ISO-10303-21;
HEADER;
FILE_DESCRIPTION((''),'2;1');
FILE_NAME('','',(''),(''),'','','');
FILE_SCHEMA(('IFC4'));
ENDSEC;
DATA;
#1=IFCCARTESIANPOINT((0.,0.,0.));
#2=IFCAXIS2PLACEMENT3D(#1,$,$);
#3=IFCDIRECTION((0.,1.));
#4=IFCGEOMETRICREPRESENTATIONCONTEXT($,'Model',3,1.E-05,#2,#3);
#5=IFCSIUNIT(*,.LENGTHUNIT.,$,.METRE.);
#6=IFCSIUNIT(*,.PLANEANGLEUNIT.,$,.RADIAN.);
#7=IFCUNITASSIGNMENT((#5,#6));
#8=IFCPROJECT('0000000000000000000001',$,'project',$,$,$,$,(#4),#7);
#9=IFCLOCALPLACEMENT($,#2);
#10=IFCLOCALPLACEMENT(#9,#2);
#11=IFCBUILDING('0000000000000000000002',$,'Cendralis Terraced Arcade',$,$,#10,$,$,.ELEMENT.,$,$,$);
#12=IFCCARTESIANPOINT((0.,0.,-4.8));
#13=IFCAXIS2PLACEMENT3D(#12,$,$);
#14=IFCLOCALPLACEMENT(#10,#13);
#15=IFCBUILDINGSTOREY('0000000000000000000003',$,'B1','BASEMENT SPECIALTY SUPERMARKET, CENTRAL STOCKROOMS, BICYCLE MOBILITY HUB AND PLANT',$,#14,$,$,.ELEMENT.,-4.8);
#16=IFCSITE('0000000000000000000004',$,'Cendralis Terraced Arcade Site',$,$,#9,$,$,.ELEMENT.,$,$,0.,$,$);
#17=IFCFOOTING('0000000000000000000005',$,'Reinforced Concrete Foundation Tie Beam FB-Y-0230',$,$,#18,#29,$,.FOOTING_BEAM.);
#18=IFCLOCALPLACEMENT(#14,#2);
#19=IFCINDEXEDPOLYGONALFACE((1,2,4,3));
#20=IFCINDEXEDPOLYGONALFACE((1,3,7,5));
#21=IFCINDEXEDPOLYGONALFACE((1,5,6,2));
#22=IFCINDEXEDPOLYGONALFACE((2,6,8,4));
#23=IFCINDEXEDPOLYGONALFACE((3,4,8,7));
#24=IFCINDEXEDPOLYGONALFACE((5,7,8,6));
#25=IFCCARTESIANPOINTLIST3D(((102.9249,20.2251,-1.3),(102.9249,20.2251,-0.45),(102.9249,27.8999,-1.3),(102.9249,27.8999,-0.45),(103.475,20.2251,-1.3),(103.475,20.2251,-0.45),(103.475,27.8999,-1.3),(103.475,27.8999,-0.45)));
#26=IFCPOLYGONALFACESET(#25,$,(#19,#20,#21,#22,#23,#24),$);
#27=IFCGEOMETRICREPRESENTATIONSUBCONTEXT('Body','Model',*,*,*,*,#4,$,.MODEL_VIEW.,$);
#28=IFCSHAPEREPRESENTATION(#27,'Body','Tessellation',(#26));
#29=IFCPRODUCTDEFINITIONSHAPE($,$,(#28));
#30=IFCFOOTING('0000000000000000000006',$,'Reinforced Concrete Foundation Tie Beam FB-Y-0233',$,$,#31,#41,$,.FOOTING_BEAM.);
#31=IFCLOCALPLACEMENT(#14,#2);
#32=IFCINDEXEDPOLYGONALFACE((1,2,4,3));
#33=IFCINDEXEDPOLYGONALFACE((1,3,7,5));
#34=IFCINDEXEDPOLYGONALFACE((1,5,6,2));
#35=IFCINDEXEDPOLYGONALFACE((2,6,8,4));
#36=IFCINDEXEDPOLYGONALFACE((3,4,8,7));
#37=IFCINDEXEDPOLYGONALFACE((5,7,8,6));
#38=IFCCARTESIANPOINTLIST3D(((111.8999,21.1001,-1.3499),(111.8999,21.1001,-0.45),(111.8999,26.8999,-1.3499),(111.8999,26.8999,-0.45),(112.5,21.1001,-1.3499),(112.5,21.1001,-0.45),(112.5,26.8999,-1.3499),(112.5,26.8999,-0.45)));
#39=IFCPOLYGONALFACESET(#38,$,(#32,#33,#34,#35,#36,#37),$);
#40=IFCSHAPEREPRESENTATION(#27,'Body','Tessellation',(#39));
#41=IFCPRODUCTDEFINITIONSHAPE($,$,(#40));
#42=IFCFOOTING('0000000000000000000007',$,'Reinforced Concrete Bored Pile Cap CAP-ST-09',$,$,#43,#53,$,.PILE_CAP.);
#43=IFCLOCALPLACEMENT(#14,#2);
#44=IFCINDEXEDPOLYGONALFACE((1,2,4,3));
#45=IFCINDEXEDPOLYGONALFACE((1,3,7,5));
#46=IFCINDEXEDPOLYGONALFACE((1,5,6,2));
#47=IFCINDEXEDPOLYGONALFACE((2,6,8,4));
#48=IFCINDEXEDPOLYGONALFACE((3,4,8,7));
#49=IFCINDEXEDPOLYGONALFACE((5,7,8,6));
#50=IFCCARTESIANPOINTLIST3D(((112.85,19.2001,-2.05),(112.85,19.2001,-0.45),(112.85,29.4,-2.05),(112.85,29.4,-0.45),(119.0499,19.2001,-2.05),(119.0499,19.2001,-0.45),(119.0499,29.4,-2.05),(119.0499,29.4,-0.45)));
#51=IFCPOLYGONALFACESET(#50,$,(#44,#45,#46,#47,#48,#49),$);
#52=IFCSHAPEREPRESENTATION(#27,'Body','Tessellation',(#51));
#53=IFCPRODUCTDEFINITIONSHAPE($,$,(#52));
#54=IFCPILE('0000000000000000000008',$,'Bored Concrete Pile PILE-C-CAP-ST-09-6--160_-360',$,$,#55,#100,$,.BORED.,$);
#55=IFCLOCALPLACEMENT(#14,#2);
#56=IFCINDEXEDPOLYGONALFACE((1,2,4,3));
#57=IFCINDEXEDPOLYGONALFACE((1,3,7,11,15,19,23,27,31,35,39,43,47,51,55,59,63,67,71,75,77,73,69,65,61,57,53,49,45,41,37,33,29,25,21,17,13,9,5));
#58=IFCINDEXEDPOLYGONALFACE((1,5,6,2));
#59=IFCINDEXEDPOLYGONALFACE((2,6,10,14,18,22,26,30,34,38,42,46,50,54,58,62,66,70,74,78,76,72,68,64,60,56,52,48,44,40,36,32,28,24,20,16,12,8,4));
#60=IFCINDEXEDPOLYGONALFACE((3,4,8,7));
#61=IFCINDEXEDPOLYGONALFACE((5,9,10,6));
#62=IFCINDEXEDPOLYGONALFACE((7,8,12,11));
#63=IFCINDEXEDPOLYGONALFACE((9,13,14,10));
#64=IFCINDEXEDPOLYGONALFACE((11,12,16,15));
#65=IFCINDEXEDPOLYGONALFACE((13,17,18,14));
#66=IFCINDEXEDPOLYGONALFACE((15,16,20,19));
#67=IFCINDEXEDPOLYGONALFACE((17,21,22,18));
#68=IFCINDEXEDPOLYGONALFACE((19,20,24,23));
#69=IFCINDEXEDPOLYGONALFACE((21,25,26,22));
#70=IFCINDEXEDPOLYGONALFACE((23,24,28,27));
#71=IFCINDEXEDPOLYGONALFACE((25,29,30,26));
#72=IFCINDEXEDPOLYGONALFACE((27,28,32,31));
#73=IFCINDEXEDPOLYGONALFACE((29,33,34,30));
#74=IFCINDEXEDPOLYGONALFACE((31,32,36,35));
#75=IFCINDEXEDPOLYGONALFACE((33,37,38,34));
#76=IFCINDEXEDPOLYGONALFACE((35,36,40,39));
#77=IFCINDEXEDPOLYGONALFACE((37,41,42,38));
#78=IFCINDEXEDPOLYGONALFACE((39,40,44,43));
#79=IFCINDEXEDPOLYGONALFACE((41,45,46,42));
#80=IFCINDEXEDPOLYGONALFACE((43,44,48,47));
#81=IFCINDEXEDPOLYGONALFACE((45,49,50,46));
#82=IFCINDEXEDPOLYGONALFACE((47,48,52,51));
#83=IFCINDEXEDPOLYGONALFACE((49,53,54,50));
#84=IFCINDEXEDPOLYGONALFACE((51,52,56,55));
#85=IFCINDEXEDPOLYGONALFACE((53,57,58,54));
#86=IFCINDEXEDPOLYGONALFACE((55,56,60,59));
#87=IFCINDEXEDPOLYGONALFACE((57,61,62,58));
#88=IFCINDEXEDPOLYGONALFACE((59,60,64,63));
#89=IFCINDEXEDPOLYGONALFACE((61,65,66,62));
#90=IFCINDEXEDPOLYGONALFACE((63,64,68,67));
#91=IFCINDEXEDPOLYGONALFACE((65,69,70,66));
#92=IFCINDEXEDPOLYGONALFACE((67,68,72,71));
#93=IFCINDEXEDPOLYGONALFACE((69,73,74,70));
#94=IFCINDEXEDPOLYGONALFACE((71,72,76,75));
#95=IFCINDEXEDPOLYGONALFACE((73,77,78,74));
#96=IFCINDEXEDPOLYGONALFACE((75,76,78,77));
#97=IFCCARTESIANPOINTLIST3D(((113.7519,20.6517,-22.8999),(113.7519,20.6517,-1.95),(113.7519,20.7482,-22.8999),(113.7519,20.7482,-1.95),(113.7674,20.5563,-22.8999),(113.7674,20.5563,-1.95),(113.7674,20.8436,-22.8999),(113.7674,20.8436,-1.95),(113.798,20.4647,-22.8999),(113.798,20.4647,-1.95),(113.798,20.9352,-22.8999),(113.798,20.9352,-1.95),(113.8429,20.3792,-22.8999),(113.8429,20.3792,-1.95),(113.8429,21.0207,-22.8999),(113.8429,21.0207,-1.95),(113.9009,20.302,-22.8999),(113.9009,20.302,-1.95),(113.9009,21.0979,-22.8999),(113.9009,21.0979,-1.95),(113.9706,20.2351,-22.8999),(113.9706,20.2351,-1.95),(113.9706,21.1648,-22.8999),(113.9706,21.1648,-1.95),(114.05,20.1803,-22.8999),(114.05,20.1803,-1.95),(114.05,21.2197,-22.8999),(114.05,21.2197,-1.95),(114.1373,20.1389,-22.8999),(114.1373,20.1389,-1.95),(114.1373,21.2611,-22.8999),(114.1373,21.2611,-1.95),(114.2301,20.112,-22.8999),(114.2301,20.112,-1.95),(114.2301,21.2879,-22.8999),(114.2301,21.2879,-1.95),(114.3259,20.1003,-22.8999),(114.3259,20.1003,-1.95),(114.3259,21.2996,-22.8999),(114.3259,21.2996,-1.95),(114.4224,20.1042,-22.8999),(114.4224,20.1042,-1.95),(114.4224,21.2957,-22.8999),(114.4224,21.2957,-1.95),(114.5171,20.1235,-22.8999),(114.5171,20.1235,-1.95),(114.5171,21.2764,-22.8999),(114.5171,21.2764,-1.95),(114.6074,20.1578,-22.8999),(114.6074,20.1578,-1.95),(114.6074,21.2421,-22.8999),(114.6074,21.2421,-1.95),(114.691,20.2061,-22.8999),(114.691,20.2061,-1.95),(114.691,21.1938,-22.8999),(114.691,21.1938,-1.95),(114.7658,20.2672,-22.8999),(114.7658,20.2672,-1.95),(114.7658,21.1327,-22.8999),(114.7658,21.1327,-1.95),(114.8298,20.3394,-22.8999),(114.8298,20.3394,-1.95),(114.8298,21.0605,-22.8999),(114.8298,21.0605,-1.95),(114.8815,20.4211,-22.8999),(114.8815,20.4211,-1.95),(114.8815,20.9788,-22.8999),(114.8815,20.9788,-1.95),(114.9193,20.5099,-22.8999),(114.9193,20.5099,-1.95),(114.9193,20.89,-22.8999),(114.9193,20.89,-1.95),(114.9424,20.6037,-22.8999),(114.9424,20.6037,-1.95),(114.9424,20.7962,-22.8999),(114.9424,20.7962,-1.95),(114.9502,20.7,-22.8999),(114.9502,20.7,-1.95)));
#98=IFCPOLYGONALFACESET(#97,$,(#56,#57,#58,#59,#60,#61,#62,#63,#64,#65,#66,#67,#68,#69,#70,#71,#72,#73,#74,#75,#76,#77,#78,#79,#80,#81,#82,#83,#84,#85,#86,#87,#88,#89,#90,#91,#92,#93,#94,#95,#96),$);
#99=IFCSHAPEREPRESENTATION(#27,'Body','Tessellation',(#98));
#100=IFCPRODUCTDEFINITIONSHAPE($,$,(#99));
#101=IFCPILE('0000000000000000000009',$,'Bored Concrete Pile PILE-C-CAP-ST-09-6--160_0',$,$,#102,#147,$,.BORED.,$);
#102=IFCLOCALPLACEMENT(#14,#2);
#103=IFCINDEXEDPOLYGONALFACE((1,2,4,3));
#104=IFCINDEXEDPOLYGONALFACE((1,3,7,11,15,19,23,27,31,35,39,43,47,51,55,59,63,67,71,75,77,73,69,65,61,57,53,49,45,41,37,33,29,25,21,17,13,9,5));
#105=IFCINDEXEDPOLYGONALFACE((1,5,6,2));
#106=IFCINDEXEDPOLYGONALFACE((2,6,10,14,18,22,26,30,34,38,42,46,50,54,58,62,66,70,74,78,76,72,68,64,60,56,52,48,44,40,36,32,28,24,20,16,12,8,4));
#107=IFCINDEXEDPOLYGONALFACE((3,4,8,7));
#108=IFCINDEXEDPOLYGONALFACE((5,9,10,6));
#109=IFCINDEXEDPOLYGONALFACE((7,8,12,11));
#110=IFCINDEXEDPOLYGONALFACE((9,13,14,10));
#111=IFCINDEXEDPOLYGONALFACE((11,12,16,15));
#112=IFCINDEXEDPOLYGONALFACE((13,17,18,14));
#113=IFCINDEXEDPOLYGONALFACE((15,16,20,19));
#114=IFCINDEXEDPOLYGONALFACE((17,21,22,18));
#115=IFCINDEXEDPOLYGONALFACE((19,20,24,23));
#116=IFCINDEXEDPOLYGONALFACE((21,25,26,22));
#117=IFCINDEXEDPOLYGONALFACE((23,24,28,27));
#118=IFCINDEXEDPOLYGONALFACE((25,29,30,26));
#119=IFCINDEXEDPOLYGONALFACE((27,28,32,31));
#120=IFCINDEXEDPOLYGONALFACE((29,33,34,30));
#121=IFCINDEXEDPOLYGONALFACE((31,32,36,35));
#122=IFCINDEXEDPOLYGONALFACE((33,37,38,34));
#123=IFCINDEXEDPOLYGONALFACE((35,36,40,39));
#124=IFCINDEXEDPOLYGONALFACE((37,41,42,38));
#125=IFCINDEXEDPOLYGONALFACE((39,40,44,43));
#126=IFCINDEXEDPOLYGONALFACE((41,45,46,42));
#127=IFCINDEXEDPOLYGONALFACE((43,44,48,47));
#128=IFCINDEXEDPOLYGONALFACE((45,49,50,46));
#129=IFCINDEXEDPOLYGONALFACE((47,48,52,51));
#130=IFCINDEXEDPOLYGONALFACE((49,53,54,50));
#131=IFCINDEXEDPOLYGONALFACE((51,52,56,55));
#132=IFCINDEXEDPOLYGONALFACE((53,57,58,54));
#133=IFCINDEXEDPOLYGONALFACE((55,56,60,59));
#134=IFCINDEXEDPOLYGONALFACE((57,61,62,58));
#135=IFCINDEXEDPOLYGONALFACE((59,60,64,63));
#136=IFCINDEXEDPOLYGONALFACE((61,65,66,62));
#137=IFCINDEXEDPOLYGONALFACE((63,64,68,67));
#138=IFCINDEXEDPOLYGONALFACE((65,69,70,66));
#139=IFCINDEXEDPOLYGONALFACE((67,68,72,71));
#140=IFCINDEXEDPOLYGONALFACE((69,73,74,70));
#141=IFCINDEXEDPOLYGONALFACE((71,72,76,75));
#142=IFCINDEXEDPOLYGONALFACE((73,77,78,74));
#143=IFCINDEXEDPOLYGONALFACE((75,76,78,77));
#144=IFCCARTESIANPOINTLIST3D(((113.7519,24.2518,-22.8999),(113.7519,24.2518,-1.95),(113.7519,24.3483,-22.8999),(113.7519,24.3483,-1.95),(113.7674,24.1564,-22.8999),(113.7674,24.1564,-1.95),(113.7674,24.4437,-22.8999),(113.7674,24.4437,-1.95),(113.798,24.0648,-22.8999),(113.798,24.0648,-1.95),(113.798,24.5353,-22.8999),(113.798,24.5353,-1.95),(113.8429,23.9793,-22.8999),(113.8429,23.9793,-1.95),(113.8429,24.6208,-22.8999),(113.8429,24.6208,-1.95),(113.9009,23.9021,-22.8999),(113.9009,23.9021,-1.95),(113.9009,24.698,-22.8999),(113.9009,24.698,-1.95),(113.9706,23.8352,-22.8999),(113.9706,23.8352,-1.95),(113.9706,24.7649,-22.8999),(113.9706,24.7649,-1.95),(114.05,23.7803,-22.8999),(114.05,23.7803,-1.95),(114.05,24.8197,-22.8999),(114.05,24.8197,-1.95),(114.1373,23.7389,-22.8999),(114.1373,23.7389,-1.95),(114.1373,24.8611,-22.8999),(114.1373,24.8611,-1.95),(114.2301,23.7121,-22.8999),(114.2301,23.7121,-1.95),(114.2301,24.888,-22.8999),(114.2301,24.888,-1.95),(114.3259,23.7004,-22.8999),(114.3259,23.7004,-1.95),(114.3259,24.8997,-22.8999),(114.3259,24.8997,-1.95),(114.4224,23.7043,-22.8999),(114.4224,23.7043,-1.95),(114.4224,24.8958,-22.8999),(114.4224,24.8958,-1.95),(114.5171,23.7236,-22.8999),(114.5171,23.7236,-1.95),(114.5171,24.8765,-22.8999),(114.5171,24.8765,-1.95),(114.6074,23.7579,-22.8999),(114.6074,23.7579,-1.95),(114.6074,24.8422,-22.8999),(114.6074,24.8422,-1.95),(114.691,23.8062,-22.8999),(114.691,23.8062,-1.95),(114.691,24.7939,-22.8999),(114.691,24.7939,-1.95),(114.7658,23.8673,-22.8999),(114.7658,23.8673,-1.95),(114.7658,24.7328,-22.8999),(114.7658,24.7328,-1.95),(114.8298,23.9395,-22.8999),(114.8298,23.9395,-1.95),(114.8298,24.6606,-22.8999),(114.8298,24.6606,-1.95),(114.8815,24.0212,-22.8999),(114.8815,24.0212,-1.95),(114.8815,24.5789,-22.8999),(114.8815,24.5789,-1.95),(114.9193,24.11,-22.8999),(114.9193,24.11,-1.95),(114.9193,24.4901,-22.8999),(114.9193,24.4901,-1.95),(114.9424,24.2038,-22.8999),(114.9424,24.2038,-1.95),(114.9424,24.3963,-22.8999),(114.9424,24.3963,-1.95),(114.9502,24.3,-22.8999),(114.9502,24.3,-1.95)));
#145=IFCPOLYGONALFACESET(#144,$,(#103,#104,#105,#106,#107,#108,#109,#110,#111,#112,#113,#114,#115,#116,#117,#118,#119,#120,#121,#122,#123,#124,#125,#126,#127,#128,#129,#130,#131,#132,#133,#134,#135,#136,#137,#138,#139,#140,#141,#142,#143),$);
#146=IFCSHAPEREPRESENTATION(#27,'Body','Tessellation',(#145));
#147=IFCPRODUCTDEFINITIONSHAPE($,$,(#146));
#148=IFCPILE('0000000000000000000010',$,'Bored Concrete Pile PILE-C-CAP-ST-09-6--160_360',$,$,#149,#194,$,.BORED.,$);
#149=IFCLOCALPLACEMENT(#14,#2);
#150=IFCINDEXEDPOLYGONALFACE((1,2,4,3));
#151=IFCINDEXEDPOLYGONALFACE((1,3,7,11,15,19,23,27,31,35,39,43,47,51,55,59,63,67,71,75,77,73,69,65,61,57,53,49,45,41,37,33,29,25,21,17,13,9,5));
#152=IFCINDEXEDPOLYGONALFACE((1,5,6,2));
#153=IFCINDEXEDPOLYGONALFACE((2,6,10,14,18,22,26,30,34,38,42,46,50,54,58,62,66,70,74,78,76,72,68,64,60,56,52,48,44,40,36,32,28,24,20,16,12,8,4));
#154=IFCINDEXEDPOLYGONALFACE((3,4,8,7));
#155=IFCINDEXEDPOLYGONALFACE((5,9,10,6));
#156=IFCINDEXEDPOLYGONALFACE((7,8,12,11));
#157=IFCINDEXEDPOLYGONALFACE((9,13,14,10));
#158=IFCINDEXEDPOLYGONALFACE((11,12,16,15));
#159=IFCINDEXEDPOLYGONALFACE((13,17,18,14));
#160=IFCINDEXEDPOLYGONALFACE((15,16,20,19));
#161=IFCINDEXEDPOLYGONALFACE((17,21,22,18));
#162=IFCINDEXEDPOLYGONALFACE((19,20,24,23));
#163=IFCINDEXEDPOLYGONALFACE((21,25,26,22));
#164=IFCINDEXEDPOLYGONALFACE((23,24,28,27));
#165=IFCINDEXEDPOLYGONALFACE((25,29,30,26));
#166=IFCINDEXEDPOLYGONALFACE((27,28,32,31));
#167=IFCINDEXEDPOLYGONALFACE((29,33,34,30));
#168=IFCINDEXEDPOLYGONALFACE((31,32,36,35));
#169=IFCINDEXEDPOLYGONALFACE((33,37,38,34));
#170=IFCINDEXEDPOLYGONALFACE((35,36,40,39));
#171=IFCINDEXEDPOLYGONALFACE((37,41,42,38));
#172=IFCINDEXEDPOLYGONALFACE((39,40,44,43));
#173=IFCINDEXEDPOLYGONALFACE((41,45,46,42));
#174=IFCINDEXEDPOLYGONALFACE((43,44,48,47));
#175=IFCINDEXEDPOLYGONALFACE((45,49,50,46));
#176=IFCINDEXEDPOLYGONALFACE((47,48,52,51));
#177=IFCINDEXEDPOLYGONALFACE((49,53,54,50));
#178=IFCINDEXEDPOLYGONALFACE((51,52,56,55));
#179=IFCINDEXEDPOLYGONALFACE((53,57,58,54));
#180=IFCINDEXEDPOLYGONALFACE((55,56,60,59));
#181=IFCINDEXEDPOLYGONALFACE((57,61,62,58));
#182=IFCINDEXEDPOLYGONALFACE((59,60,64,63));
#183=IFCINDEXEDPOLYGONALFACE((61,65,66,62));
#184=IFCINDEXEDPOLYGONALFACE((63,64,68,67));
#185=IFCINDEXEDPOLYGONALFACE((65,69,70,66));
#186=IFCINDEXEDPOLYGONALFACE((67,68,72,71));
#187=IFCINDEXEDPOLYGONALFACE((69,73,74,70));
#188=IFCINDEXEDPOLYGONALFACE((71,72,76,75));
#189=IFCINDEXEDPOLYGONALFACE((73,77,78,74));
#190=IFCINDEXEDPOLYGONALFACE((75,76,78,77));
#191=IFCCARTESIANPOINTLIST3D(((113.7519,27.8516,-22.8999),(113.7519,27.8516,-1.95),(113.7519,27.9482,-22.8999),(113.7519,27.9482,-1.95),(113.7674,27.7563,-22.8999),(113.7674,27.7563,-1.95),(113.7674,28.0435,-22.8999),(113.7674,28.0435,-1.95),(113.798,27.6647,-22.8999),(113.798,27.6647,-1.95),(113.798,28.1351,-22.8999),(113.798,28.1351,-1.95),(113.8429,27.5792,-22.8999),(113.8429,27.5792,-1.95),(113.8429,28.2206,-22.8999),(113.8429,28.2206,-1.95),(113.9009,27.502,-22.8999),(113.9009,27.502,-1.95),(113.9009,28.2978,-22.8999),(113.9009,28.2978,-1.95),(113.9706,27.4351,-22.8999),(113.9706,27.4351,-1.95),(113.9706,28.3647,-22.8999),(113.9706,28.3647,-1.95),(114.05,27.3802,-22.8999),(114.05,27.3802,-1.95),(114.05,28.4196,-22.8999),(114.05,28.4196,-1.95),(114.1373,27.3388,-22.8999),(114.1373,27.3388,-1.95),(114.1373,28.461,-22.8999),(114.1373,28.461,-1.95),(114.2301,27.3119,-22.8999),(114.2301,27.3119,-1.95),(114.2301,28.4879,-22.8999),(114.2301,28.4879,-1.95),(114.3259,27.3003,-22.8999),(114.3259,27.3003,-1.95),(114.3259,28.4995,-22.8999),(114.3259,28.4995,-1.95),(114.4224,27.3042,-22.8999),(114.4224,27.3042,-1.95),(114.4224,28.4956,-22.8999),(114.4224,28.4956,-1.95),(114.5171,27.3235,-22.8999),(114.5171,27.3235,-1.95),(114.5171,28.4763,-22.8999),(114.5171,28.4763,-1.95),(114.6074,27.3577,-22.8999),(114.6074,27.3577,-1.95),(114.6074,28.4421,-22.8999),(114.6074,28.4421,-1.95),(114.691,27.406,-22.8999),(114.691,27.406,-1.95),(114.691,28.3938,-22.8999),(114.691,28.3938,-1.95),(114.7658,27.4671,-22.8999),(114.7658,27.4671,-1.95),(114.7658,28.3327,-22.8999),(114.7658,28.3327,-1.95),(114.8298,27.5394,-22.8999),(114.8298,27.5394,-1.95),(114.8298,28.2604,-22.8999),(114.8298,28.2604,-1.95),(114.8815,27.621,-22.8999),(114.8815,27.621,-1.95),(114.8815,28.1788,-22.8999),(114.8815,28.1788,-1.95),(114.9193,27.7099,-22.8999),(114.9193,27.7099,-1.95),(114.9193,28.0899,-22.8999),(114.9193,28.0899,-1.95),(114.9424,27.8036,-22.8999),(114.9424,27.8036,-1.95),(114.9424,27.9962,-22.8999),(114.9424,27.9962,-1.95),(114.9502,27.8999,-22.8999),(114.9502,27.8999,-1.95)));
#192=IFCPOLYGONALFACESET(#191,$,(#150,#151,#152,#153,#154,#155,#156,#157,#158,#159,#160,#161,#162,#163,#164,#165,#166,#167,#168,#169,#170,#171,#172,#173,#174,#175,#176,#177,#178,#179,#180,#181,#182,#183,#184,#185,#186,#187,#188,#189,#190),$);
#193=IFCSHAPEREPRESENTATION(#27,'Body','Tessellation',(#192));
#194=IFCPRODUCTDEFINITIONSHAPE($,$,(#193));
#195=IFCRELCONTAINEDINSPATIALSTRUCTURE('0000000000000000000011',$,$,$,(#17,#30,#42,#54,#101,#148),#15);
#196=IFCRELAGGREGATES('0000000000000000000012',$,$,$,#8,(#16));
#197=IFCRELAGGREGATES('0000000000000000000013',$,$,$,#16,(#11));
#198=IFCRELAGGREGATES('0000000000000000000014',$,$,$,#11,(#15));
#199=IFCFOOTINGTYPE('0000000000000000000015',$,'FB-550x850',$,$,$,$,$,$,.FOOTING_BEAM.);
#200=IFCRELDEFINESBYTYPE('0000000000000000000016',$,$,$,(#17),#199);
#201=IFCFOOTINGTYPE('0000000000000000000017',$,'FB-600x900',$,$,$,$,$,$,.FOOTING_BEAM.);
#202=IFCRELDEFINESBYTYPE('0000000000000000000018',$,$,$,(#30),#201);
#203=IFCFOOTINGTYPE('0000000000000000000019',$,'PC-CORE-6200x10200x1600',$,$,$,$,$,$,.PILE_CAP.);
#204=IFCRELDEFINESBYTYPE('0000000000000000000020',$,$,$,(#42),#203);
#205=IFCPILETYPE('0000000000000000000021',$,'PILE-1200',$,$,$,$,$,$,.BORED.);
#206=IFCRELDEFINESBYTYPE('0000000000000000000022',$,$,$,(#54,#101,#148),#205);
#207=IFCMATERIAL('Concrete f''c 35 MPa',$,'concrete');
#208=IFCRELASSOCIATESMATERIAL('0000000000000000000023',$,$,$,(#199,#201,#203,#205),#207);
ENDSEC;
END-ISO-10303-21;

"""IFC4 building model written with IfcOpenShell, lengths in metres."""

from ifc_helpers import new_model, si_unit, direction, frame, origin, origin_2d, place, context, subcontext, project, spatial, rectangle, circle, extrude, material, material_profile, profile_set, type_object, element, save


model = new_model("IFC4")

# Units and contexts
model_context = context("Model", 3, precision=1e-05, world=origin(), true_north=direction((0.0, 1.0)))
body_context = subcontext(model_context, "Body", "Model", "MODEL_VIEW")
ifc_project = project(units=[si_unit("LENGTHUNIT", "METRE"), si_unit("PLANEANGLEUNIT", "RADIAN")], contexts=[model_context])

# Site, building, storey
site_placement = place(None, origin())
site = spatial("IfcSite", under=ifc_project, at=site_placement, Name="Cendralis Terraced Arcade Site", CompositionType="ELEMENT", RefElevation=0.0)
building_placement = place(site_placement, origin())
building = spatial("IfcBuilding", under=site, at=building_placement, Name="Cendralis Terraced Arcade", CompositionType="ELEMENT")
storey_placement = place(building_placement, frame((0.0, 0.0, -4.8)))
storey = spatial("IfcBuildingStorey", under=building, at=storey_placement, Name="B1", Description="BASEMENT SPECIALTY SUPERMARKET, CENTRAL STOCKROOMS, BICYCLE MOBILITY HUB AND PLANT", CompositionType="ELEMENT", Elevation=-4.8)

# Footings
ifc_material_1 = material(Name="Concrete f'c 35 MPa", Category="concrete")
ifc_material_profile_1 = material_profile(ifc_material_1, rectangle(XDim=0.55, YDim=0.8501, at=origin_2d()), Name="FB-550x850", Category="LoadBearing")
ifc_profile_set_1 = profile_set([ifc_material_profile_1], Name="Concrete f'c 35 MPa")
footing_type_1 = type_object("IfcFootingType", Name="FB-550x850", PredefinedType="FOOTING_BEAM", material=ifc_profile_set_1)
footing_1_placement = place(storey_placement, frame((103.2, 20.2251, -0.875), z_axis=(0.0, 1.0, 0.0), x_axis=(-1.0, 0.0, 0.0)))
element("IfcFooting", 1, at=footing_1_placement, inside=storey, type_object=footing_type_1, Name="Reinforced Concrete Foundation Tie Beam FB-Y-0230", PredefinedType="FOOTING_BEAM", context=body_context, shape_type="SweptSolid", body=[
    extrude(rectangle(XDim=0.55, YDim=0.8501, at=origin_2d()), origin(), (0.0, 0.0, 1.0), 7.6748),
])
ifc_material_profile_2 = material_profile(ifc_material_1, rectangle(XDim=0.6001, YDim=0.8999, at=origin_2d()), Name="FB-600x900", Category="LoadBearing")
ifc_profile_set_2 = profile_set([ifc_material_profile_2], Name="Concrete f'c 35 MPa")
footing_type_2 = type_object("IfcFootingType", Name="FB-600x900", PredefinedType="FOOTING_BEAM", material=ifc_profile_set_2)
footing_2_placement = place(storey_placement, frame((112.2, 21.1001, -0.8999), z_axis=(0.0, 1.0, 0.0), x_axis=(-1.0, 0.0, 0.0)))
element("IfcFooting", 2, at=footing_2_placement, inside=storey, type_object=footing_type_2, Name="Reinforced Concrete Foundation Tie Beam FB-Y-0233", PredefinedType="FOOTING_BEAM", context=body_context, shape_type="SweptSolid", body=[
    extrude(rectangle(XDim=0.6001, YDim=0.8999, at=origin_2d()), origin(), (0.0, 0.0, 1.0), 5.7998),
])
footing_type_3 = type_object("IfcFootingType", Name="PC-CORE-6200x10200x1600", PredefinedType="PILE_CAP", material=ifc_material_1)
footing_3_placement = place(storey_placement, frame((115.95, 24.3, -2.05), z_axis=(0.0, 0.0, 1.0), x_axis=(1.0, 0.0, 0.0)))
element("IfcFooting", 3, at=footing_3_placement, inside=storey, type_object=footing_type_3, Name="Reinforced Concrete Bored Pile Cap CAP-ST-09", PredefinedType="PILE_CAP", context=body_context, shape_type="SweptSolid", body=[
    extrude(rectangle(XDim=6.2, YDim=10.2, at=origin_2d()), origin(), (0.0, 0.0, 1.0), 1.6001),
])

# Piles
ifc_material_profile_3 = material_profile(ifc_material_1, circle(Radius=0.6001, at=origin_2d()), Name="PILE-D1200", Category="LoadBearing")
ifc_profile_set_3 = profile_set([ifc_material_profile_3], Name="Concrete f'c 35 MPa")
pile_type_1 = type_object("IfcPileType", Name="PILE-1200", PredefinedType="BORED", material=ifc_profile_set_3)
for number, where, z_axis, x_axis, name in (
    (4, (114.3501, 20.7, -1.95), (0.0, 0.0, -1.0), (1.0, 0.0, 0.0), "Bored Concrete Pile PILE-C-CAP-ST-09-6--160_-360"),
    (5, (114.3501, 24.3, -1.95), (0.0, 0.0, -1.0), (1.0, 0.0, 0.0), "Bored Concrete Pile PILE-C-CAP-ST-09-6--160_0"),
    (6, (114.3501, 27.8999, -1.95), (0.0, 0.0, -1.0), (1.0, 0.0, 0.0), "Bored Concrete Pile PILE-C-CAP-ST-09-6--160_360"),
):
    element("IfcPile", number, at=place(storey_placement, frame(where, z_axis=z_axis, x_axis=x_axis)), inside=storey, type_object=pile_type_1, Name=name, PredefinedType="BORED", context=body_context, shape_type="SweptSolid", body=[
        extrude(circle(Radius=0.6001, at=origin_2d()), origin(), (0.0, 0.0, 1.0), 20.95),
    ])

save(model, "model.ifc")
